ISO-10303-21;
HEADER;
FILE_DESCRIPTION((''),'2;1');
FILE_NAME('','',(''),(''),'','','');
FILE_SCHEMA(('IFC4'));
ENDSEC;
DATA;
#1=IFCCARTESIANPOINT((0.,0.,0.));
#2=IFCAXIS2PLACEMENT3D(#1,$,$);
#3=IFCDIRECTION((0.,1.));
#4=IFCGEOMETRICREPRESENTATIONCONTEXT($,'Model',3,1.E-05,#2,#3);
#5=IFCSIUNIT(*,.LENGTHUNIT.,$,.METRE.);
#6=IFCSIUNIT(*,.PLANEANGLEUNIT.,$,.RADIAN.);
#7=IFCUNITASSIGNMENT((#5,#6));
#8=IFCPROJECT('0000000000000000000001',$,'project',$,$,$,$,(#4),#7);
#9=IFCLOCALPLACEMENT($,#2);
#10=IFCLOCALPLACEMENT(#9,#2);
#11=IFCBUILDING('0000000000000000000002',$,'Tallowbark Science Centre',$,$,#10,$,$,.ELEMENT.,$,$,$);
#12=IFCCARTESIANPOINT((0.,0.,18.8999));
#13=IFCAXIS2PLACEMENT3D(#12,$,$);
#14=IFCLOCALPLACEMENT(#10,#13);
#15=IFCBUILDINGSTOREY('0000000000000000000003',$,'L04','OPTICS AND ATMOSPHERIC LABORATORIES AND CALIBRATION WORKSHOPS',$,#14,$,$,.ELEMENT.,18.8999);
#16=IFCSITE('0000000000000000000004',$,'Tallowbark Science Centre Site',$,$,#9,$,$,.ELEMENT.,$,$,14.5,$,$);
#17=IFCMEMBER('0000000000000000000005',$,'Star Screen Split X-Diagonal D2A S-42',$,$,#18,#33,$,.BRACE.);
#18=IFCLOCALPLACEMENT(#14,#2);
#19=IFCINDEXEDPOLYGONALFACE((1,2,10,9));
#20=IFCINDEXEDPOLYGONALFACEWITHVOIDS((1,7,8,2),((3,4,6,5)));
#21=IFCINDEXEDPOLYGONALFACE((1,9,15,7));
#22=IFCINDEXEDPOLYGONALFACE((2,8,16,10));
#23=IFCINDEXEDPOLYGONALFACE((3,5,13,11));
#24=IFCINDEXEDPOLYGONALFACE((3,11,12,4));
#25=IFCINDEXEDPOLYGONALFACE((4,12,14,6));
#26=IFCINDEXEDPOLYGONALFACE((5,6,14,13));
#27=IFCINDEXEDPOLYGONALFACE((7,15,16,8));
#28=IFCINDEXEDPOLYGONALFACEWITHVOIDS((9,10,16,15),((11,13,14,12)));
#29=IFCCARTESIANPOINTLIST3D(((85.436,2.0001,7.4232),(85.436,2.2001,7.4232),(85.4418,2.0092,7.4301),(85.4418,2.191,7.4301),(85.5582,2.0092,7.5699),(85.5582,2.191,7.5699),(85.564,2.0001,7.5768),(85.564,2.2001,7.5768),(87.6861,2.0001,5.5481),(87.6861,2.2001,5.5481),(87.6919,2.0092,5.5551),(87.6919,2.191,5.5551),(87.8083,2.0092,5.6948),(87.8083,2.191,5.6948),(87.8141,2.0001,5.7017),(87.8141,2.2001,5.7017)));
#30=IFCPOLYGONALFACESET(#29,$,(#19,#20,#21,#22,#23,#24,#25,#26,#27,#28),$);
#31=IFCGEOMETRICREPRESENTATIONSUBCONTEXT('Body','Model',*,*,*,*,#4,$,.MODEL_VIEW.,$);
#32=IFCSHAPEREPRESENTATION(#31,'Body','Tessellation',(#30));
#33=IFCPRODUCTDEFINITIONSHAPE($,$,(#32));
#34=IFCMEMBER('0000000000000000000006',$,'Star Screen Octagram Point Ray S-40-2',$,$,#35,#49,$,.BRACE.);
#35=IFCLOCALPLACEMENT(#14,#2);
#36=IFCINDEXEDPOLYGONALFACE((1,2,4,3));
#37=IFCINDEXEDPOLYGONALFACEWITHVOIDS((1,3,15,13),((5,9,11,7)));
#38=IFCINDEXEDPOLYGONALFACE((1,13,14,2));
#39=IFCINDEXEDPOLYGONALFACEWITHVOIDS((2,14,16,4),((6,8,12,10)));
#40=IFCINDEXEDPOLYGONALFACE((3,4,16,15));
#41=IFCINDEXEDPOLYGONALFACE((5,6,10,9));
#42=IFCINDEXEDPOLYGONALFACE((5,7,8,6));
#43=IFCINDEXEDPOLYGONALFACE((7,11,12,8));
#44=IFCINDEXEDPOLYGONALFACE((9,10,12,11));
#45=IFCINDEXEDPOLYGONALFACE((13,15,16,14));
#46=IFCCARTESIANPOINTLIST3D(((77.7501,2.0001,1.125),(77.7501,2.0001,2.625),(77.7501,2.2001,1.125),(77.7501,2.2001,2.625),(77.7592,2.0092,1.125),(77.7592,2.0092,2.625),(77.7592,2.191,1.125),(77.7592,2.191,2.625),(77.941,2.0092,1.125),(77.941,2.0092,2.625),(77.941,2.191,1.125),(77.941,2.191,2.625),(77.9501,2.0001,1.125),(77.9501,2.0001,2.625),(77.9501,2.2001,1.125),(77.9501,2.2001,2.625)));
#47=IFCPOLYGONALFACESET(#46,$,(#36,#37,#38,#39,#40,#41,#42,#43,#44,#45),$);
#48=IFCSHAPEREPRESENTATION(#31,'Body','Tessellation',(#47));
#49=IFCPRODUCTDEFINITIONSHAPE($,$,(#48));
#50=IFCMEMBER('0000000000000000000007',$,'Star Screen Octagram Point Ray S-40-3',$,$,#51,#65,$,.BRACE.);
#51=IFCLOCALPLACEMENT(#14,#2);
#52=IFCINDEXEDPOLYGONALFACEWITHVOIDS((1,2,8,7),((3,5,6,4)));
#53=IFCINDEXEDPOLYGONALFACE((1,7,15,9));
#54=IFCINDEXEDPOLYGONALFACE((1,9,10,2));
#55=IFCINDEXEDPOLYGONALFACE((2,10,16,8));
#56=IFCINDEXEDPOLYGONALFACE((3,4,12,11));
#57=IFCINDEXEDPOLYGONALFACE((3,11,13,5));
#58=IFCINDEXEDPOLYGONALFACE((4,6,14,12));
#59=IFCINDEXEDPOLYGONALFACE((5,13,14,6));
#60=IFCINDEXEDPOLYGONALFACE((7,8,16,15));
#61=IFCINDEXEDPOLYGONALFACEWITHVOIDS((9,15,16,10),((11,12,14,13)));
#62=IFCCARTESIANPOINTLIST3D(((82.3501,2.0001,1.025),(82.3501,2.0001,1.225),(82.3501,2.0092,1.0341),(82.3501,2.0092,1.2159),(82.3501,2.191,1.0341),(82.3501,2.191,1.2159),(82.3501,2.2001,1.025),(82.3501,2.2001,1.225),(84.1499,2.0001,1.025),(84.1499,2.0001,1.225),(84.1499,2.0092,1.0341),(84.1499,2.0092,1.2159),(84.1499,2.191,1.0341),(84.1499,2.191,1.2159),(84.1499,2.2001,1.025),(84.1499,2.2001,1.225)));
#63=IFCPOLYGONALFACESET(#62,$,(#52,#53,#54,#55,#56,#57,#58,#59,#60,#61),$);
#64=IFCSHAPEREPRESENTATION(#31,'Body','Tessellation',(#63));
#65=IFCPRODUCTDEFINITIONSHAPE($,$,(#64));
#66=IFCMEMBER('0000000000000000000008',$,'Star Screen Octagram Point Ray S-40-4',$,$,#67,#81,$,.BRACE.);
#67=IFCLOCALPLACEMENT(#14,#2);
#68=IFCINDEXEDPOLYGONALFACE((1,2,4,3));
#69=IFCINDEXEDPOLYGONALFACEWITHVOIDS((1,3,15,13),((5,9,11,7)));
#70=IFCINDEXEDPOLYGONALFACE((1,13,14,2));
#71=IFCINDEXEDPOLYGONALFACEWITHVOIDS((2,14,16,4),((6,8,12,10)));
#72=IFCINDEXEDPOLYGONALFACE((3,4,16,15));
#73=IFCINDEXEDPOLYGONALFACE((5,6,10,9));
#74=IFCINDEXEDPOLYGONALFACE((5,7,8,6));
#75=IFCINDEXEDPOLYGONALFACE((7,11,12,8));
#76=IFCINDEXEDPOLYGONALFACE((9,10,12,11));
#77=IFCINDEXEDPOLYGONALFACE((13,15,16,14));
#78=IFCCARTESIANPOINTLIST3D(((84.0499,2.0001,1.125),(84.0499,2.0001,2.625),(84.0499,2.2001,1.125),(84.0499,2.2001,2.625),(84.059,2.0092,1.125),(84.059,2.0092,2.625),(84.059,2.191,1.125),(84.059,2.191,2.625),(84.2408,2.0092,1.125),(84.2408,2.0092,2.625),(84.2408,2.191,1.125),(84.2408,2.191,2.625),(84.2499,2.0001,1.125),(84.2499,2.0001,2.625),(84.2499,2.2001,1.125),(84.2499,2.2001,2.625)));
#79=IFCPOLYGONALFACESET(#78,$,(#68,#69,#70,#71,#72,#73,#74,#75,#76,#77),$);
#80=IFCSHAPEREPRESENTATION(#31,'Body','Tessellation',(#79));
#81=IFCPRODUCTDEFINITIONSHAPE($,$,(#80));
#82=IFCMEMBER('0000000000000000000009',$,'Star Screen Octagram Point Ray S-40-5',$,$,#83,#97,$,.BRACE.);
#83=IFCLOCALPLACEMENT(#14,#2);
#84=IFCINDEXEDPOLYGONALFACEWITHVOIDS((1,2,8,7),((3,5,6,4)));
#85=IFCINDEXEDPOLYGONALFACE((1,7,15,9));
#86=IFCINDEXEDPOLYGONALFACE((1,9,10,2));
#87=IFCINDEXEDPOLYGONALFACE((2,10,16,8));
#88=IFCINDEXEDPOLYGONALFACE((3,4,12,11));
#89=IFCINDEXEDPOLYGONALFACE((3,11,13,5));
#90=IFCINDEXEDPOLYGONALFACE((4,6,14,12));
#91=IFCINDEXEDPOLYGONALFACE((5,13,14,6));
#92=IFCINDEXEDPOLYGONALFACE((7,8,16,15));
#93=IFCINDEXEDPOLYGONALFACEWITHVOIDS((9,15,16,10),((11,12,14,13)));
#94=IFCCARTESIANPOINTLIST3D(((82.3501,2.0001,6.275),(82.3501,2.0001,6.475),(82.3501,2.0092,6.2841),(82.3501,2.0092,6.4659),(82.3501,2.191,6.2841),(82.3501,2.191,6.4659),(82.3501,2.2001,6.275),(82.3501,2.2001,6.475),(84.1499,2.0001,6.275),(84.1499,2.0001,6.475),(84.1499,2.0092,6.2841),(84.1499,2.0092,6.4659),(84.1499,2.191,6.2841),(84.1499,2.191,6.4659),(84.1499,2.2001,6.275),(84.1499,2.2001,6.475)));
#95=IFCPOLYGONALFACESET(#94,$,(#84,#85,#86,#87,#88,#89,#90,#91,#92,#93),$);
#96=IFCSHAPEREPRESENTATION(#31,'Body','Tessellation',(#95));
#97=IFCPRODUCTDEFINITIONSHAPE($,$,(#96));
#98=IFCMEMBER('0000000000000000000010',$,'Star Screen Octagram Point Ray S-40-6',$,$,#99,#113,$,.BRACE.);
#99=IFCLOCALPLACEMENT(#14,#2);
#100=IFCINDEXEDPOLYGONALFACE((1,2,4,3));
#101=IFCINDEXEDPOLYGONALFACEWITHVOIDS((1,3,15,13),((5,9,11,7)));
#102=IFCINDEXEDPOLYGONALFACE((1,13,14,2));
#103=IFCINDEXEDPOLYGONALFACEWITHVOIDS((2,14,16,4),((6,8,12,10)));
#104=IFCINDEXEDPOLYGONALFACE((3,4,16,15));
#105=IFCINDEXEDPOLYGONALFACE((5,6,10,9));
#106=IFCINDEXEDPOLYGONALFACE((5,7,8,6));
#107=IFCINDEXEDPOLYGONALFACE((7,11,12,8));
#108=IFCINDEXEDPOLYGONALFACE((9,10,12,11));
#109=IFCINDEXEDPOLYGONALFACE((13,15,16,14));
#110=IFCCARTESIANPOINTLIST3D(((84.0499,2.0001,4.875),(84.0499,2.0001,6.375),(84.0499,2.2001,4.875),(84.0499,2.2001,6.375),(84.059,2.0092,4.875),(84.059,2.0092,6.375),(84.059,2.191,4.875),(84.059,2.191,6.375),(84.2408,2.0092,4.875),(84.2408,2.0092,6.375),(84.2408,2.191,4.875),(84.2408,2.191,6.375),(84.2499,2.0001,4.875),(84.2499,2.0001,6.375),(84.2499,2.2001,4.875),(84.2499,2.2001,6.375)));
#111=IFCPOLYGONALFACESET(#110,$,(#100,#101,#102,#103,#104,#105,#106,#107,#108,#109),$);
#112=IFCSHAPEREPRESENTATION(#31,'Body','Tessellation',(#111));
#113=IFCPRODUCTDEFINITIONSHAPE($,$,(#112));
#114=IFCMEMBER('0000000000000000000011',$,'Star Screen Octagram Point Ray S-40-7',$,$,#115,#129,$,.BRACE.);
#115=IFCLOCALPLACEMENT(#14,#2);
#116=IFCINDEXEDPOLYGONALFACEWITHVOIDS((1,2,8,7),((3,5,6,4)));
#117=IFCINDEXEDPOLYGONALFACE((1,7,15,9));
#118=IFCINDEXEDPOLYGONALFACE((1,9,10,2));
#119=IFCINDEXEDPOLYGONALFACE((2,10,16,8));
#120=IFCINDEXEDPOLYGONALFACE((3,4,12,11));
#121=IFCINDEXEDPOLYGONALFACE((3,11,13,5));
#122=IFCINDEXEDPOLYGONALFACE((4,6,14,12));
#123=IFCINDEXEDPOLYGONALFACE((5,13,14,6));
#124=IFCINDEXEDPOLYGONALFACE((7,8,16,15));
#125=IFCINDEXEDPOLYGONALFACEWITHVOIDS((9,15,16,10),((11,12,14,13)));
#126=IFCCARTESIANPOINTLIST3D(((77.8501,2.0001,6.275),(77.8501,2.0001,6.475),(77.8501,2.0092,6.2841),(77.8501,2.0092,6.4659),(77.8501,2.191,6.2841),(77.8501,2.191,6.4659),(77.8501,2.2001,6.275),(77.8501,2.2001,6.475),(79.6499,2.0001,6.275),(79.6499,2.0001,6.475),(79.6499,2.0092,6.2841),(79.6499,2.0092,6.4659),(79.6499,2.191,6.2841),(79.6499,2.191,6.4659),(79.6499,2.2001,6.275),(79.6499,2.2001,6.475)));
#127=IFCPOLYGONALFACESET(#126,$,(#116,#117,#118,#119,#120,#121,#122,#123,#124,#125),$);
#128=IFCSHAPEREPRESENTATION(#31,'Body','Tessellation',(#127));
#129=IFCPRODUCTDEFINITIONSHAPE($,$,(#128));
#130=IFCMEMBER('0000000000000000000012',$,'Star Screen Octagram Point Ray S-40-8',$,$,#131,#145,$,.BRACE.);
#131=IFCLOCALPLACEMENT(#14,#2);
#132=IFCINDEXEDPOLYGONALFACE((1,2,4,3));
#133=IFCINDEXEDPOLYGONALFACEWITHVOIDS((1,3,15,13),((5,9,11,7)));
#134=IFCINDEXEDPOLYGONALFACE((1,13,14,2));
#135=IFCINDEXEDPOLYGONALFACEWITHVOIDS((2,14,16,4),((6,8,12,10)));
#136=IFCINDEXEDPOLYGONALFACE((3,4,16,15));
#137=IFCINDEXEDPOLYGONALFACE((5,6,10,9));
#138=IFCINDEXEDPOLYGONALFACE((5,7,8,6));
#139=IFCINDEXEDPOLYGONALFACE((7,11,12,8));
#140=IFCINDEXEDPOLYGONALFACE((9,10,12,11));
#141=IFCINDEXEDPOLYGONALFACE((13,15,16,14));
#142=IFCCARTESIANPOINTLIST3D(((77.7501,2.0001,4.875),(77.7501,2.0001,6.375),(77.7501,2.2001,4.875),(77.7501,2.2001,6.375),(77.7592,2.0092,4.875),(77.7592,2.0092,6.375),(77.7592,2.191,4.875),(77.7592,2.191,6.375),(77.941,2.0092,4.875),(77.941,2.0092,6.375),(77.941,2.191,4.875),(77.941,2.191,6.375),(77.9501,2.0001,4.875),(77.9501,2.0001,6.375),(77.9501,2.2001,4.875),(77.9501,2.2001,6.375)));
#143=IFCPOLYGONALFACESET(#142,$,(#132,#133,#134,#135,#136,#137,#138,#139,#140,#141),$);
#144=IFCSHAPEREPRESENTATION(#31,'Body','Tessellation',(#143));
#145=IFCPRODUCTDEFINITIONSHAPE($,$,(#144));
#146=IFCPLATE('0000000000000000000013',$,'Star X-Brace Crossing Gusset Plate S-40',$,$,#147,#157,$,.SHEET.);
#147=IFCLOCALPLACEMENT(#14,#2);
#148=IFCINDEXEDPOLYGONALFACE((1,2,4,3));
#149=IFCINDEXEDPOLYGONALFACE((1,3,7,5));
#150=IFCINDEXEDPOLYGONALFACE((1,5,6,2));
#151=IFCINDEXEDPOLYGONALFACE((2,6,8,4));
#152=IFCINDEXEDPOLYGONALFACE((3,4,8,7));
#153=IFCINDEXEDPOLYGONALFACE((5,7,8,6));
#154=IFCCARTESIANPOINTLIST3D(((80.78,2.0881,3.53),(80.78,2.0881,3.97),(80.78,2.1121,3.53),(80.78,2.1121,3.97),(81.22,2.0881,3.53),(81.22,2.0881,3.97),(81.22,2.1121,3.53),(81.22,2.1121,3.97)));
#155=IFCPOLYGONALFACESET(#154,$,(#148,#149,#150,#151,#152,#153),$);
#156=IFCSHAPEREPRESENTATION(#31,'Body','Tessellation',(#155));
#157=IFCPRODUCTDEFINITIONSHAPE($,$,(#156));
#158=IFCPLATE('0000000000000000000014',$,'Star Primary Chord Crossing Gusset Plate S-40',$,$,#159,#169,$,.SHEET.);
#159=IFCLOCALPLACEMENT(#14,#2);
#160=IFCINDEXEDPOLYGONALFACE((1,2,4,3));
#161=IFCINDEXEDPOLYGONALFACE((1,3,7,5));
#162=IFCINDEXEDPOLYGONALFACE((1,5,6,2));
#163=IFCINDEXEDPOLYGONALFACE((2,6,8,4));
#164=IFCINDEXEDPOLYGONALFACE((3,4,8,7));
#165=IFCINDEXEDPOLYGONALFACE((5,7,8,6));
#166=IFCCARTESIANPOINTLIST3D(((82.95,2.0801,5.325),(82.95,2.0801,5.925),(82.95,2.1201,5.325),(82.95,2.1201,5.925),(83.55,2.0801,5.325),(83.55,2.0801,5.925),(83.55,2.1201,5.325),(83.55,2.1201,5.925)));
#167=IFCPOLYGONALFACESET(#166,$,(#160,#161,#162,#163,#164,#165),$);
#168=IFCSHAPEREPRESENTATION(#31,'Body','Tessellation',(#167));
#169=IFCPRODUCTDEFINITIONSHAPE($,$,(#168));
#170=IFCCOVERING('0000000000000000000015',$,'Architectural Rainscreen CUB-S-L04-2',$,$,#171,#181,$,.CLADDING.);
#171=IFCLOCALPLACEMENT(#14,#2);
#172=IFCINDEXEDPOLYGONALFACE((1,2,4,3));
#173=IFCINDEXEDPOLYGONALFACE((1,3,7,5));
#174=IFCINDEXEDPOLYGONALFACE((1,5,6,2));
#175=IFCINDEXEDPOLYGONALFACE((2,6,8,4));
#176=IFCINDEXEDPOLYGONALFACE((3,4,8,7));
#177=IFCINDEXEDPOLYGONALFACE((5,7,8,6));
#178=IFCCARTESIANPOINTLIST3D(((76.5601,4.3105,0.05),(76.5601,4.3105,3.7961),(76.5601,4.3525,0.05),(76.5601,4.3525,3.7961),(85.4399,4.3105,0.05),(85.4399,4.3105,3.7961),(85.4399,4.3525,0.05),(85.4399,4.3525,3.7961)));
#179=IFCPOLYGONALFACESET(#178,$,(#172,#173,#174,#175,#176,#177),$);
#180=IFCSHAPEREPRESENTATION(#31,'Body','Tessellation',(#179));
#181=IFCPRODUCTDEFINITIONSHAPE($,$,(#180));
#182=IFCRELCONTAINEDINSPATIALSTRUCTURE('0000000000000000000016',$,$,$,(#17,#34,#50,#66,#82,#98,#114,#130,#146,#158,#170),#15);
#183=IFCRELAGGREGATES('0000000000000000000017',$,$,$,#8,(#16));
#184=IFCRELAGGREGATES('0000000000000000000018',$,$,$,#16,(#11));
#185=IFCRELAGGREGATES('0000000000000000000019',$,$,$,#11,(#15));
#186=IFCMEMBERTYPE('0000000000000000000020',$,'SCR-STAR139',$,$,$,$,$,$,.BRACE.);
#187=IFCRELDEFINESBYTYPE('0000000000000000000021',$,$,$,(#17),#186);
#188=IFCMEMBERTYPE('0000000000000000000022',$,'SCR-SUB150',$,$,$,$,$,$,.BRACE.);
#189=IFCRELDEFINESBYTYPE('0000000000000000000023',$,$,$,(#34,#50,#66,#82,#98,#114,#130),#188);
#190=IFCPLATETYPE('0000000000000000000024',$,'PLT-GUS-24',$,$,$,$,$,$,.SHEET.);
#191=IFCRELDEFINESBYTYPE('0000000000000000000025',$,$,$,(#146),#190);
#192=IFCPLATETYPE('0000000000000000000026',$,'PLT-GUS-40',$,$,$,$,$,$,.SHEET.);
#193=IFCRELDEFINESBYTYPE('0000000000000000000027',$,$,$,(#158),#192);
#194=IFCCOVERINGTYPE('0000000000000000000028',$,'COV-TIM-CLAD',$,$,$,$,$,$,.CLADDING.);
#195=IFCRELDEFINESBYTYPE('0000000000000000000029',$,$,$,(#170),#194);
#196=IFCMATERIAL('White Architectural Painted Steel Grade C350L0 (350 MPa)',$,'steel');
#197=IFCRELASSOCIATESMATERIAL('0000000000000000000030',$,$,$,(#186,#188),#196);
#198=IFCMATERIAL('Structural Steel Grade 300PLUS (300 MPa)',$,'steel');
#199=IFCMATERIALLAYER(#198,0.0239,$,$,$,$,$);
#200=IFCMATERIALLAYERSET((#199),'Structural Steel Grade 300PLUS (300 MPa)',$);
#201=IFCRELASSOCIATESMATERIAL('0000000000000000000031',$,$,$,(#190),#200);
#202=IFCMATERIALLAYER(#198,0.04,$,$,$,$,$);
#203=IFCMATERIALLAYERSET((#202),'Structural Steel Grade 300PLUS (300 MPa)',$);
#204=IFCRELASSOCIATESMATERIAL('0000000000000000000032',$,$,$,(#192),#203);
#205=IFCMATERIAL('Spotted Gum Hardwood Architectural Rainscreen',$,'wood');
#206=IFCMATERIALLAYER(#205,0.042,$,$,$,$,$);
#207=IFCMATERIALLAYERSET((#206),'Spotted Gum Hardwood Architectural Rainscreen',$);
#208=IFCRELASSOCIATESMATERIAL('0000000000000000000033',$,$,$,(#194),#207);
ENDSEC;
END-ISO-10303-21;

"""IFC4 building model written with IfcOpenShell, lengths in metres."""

from ifc_helpers import new_model, si_unit, direction, frame, origin, origin_2d, place, context, subcontext, project, spatial, rectangle, hollow_rectangle, extrude, material, layer, layer_set, material_profile, profile_set, type_object, element, save


model = new_model("IFC4")

# Units and contexts
model_context = context("Model", 3, precision=1e-05, world=origin(), true_north=direction((0.0, 1.0)))
body_context = subcontext(model_context, "Body", "Model", "MODEL_VIEW")
ifc_project = project(units=[si_unit("LENGTHUNIT", "METRE"), si_unit("PLANEANGLEUNIT", "RADIAN")], contexts=[model_context])

# Site, building, storey
site_placement = place(None, origin())
site = spatial("IfcSite", under=ifc_project, at=site_placement, Name="Tallowbark Science Centre Site", CompositionType="ELEMENT", RefElevation=14.5)
building_placement = place(site_placement, origin())
building = spatial("IfcBuilding", under=site, at=building_placement, Name="Tallowbark Science Centre", CompositionType="ELEMENT")
storey_placement = place(building_placement, frame((0.0, 0.0, 18.8999)))
storey = spatial("IfcBuildingStorey", under=building, at=storey_placement, Name="L04", Description="OPTICS AND ATMOSPHERIC LABORATORIES AND CALIBRATION WORKSHOPS", CompositionType="ELEMENT", Elevation=18.8999)

# Shared definitions
ifc_material_1 = material(Name="White Architectural Painted Steel Grade C350L0 (350 MPa)", Category="steel")

# Members
ifc_material_profile_1 = material_profile(ifc_material_1, hollow_rectangle(XDim=0.2, YDim=0.2, WallThickness=0.009, at=origin_2d()), Name="200x200x9.0SHS")
ifc_profile_set_1 = profile_set([ifc_material_profile_1], Name="White Architectural Painted Steel Grade C350L0 (350 MPa)")
member_type_1 = type_object("IfcMemberType", Name="SCR-STAR139", PredefinedType="BRACE", material=ifc_profile_set_1)
for number, where, z_axis, x_axis, name in (
    (1, (85.5, 2.1001, 7.5), (0.768221, 0.0, -0.640184), (0.0, 1.0, 0.0), "Star Screen Split X-Diagonal D2A S-42"),
):
    element("IfcMember", number, at=place(storey_placement, frame(where, z_axis=z_axis, x_axis=x_axis)), inside=storey, type_object=member_type_1, Name=name, PredefinedType="BRACE", context=body_context, shape_type="SweptSolid", body=[
        extrude(hollow_rectangle(XDim=0.2, YDim=0.2, WallThickness=0.009, at=origin_2d()), origin(), (0.0, 0.0, 1.0), 2.929),
    ])
ifc_material_profile_2 = material_profile(ifc_material_1, hollow_rectangle(XDim=0.2, YDim=0.2, WallThickness=0.009, at=origin_2d()), Name="200x200x9.0SHS")
ifc_profile_set_2 = profile_set([ifc_material_profile_2], Name="White Architectural Painted Steel Grade C350L0 (350 MPa)")
member_type_2 = type_object("IfcMemberType", Name="SCR-SUB150", PredefinedType="BRACE", material=ifc_profile_set_2)
member_1_placement = place(storey_placement, frame((77.8501, 2.1001, 1.125), z_axis=(0.0, 0.0, 1.0), x_axis=(1.0, 0.0, 0.0)))
element("IfcMember", 2, at=member_1_placement, inside=storey, type_object=member_type_2, Name="Star Screen Octagram Point Ray S-40-2", PredefinedType="BRACE", context=body_context, shape_type="SweptSolid", body=[
    extrude(hollow_rectangle(XDim=0.2, YDim=0.2, WallThickness=0.009, at=origin_2d()), origin(), (0.0, 0.0, 1.0), 1.5),
])
member_2_placement = place(storey_placement, frame((84.1499, 2.1001, 1.125), z_axis=(-1.0, 0.0, 0.0), x_axis=(0.0, -1.0, 0.0)))
element("IfcMember", 3, at=member_2_placement, inside=storey, type_object=member_type_2, Name="Star Screen Octagram Point Ray S-40-3", PredefinedType="BRACE", context=body_context, shape_type="SweptSolid", body=[
    extrude(hollow_rectangle(XDim=0.2, YDim=0.2, WallThickness=0.009, at=origin_2d()), origin(), (0.0, 0.0, 1.0), 1.7998),
])
member_3_placement = place(storey_placement, frame((84.1499, 2.1001, 1.125), z_axis=(0.0, 0.0, 1.0), x_axis=(1.0, 0.0, 0.0)))
element("IfcMember", 4, at=member_3_placement, inside=storey, type_object=member_type_2, Name="Star Screen Octagram Point Ray S-40-4", PredefinedType="BRACE", context=body_context, shape_type="SweptSolid", body=[
    extrude(hollow_rectangle(XDim=0.2, YDim=0.2, WallThickness=0.009, at=origin_2d()), origin(), (0.0, 0.0, 1.0), 1.5),
])
member_4_placement = place(storey_placement, frame((84.1499, 2.1001, 6.375), z_axis=(-1.0, 0.0, 0.0), x_axis=(0.0, -1.0, 0.0)))
element("IfcMember", 5, at=member_4_placement, inside=storey, type_object=member_type_2, Name="Star Screen Octagram Point Ray S-40-5", PredefinedType="BRACE", context=body_context, shape_type="SweptSolid", body=[
    extrude(hollow_rectangle(XDim=0.2, YDim=0.2, WallThickness=0.009, at=origin_2d()), origin(), (0.0, 0.0, 1.0), 1.7998),
])
member_5_placement = place(storey_placement, frame((84.1499, 2.1001, 6.375), z_axis=(0.0, 0.0, -1.0), x_axis=(1.0, 0.0, 0.0)))
element("IfcMember", 6, at=member_5_placement, inside=storey, type_object=member_type_2, Name="Star Screen Octagram Point Ray S-40-6", PredefinedType="BRACE", context=body_context, shape_type="SweptSolid", body=[
    extrude(hollow_rectangle(XDim=0.2, YDim=0.2, WallThickness=0.009, at=origin_2d()), origin(), (0.0, 0.0, 1.0), 1.5),
])
member_6_placement = place(storey_placement, frame((77.8501, 2.1001, 6.375), z_axis=(1.0, 0.0, 0.0), x_axis=(0.0, 1.0, 0.0)))
element("IfcMember", 7, at=member_6_placement, inside=storey, type_object=member_type_2, Name="Star Screen Octagram Point Ray S-40-7", PredefinedType="BRACE", context=body_context, shape_type="SweptSolid", body=[
    extrude(hollow_rectangle(XDim=0.2, YDim=0.2, WallThickness=0.009, at=origin_2d()), origin(), (0.0, 0.0, 1.0), 1.7998),
])
member_7_placement = place(storey_placement, frame((77.8501, 2.1001, 6.375), z_axis=(0.0, 0.0, -1.0), x_axis=(1.0, 0.0, 0.0)))
element("IfcMember", 8, at=member_7_placement, inside=storey, type_object=member_type_2, Name="Star Screen Octagram Point Ray S-40-8", PredefinedType="BRACE", context=body_context, shape_type="SweptSolid", body=[
    extrude(hollow_rectangle(XDim=0.2, YDim=0.2, WallThickness=0.009, at=origin_2d()), origin(), (0.0, 0.0, 1.0), 1.5),
])

# Plates
ifc_material_2 = material(Name="Structural Steel Grade 300PLUS (300 MPa)", Category="steel")
ifc_layer_1 = layer(ifc_material_2, 0.0239)
ifc_layer_set_1 = layer_set([ifc_layer_1], Name="Structural Steel Grade 300PLUS (300 MPa)")
plate_type_1 = type_object("IfcPlateType", Name="PLT-GUS-24", PredefinedType="SHEET", material=ifc_layer_set_1)
plate_1_placement = place(storey_placement, frame((81.0, 2.1001, 3.53), z_axis=(0.0, 0.0, 1.0), x_axis=(1.0, 0.0, 0.0)))
element("IfcPlate", 9, at=plate_1_placement, inside=storey, type_object=plate_type_1, Name="Star X-Brace Crossing Gusset Plate S-40", PredefinedType="SHEET", context=body_context, shape_type="SweptSolid", body=[
    extrude(rectangle(XDim=0.4399, YDim=0.0239, at=origin_2d()), origin(), (0.0, 0.0, 1.0), 0.4399),
])
ifc_layer_2 = layer(ifc_material_2, 0.04)
ifc_layer_set_2 = layer_set([ifc_layer_2], Name="Structural Steel Grade 300PLUS (300 MPa)")
plate_type_2 = type_object("IfcPlateType", Name="PLT-GUS-40", PredefinedType="SHEET", material=ifc_layer_set_2)
plate_2_placement = place(storey_placement, frame((83.25, 2.1001, 5.325), z_axis=(0.0, 0.0, 1.0), x_axis=(1.0, 0.0, 0.0)))
element("IfcPlate", 10, at=plate_2_placement, inside=storey, type_object=plate_type_2, Name="Star Primary Chord Crossing Gusset Plate S-40", PredefinedType="SHEET", context=body_context, shape_type="SweptSolid", body=[
    extrude(rectangle(XDim=0.6001, YDim=0.04, at=origin_2d()), origin(), (0.0, 0.0, 1.0), 0.6001),
])

# Covering
ifc_material_3 = material(Name="Spotted Gum Hardwood Architectural Rainscreen", Category="wood")
ifc_layer_3 = layer(ifc_material_3, 0.042)
ifc_layer_set_3 = layer_set([ifc_layer_3], Name="Spotted Gum Hardwood Architectural Rainscreen")
covering_type = type_object("IfcCoveringType", Name="COV-TIM-CLAD", PredefinedType="CLADDING", material=ifc_layer_set_3)
covering_placement = place(storey_placement, frame((81.0, 4.3315, 0.05), z_axis=(0.0, 0.0, 1.0), x_axis=(1.0, 0.0, 0.0)))
element("IfcCovering", 11, at=covering_placement, inside=storey, type_object=covering_type, Name="Architectural Rainscreen CUB-S-L04-2", PredefinedType="CLADDING", context=body_context, shape_type="SweptSolid", body=[
    extrude(rectangle(XDim=8.8799, YDim=0.042, at=origin_2d()), origin(), (0.0, 0.0, 1.0), 3.7461),
])

save(model, "model.ifc")
